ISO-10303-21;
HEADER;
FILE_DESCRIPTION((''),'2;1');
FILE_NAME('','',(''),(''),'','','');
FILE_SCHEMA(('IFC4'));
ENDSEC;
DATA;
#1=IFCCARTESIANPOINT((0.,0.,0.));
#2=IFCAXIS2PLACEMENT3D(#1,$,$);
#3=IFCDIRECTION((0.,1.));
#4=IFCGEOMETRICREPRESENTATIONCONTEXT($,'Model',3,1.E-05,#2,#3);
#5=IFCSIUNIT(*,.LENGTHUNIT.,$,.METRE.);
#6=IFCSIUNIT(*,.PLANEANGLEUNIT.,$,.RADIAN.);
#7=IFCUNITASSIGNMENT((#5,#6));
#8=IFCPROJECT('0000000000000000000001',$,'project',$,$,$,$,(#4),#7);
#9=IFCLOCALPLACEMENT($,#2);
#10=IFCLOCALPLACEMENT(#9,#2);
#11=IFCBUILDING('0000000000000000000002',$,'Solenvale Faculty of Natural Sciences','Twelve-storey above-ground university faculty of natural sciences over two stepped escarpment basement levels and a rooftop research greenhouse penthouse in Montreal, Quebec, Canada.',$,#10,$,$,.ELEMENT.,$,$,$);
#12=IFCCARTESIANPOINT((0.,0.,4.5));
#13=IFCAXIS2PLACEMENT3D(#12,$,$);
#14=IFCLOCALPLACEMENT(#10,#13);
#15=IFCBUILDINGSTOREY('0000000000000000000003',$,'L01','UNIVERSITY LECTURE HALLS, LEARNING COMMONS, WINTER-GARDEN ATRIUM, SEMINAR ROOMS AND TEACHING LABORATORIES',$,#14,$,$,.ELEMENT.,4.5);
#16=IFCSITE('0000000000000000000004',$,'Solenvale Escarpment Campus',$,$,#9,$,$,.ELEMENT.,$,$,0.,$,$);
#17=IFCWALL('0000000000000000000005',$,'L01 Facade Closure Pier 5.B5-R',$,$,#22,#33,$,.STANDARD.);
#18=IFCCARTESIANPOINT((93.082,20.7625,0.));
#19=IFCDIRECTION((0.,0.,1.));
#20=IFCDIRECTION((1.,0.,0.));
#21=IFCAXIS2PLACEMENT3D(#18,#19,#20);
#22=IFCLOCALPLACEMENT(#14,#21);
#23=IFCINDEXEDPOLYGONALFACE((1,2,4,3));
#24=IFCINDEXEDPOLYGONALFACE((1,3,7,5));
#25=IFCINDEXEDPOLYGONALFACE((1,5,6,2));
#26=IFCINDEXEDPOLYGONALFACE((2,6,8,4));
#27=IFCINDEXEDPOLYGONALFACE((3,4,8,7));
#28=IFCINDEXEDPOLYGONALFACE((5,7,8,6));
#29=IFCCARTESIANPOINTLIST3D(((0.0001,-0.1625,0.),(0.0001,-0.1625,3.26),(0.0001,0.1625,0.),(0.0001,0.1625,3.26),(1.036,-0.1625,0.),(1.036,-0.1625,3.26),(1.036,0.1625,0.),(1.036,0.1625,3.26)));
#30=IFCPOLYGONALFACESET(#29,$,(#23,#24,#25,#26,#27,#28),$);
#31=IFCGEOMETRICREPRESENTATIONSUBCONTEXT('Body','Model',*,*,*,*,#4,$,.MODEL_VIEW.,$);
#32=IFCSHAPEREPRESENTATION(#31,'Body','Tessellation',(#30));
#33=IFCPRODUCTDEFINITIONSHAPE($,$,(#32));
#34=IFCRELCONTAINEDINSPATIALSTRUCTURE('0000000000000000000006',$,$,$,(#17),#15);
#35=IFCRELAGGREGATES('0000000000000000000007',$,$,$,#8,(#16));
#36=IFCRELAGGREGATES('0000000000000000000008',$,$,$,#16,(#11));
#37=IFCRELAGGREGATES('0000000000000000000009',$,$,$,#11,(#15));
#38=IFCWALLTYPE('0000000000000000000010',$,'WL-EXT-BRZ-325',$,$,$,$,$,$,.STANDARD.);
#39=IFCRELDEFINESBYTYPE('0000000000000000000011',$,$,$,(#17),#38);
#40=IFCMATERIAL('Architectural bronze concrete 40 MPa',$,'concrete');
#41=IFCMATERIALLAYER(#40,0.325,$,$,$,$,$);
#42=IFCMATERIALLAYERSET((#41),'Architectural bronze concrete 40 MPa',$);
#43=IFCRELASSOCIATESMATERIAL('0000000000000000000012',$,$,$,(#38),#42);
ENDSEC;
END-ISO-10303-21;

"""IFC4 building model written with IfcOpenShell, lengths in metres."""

from ifc_helpers import new_model, si_unit, direction, frame, frame_2d, origin, place, context, subcontext, project, spatial, rectangle, extrude, material, layer, layer_set, type_object, element, save


model = new_model("IFC4")

# Units and contexts
model_context = context("Model", 3, precision=1e-05, world=origin(), true_north=direction((0.0, 1.0)))
body_context = subcontext(model_context, "Body", "Model", "MODEL_VIEW")
ifc_project = project(units=[si_unit("LENGTHUNIT", "METRE"), si_unit("PLANEANGLEUNIT", "RADIAN")], contexts=[model_context])

# Site, building, storey
site_placement = place(None, origin())
site = spatial("IfcSite", under=ifc_project, at=site_placement, Name="Solenvale Escarpment Campus", CompositionType="ELEMENT", RefElevation=0.0)
building_placement = place(site_placement, origin())
building = spatial("IfcBuilding", under=site, at=building_placement, Name="Solenvale Faculty of Natural Sciences", Description="Twelve-storey above-ground university faculty of natural sciences over two stepped escarpment basement levels and a rooftop research greenhouse penthouse in Montreal, Quebec, Canada.", CompositionType="ELEMENT")
storey_placement = place(building_placement, frame((0.0, 0.0, 4.5)))
storey = spatial("IfcBuildingStorey", under=building, at=storey_placement, Name="L01", Description="UNIVERSITY LECTURE HALLS, LEARNING COMMONS, WINTER-GARDEN ATRIUM, SEMINAR ROOMS AND TEACHING LABORATORIES", CompositionType="ELEMENT", Elevation=4.5)

# Shared definitions
ifc_material_1 = material(Name="Architectural bronze concrete 40 MPa", Category="concrete")

# Wall
ifc_layer_1 = layer(ifc_material_1, 0.325)
ifc_layer_set_1 = layer_set([ifc_layer_1], Name="Architectural bronze concrete 40 MPa")
wall_type = type_object("IfcWallType", Name="WL-EXT-BRZ-325", PredefinedType="STANDARD", material=ifc_layer_set_1)
wall_placement = place(storey_placement, frame((93.082, 20.7625, 0.0), z_axis=(0.0, 0.0, 1.0), x_axis=(1.0, 0.0, 0.0)))
element("IfcWall", 1, at=wall_placement, inside=storey, type_object=wall_type, Name="L01 Facade Closure Pier 5.B5-R", PredefinedType="STANDARD", context=body_context, shape_type="SweptSolid", body=[
    extrude(rectangle(XDim=1.0359, YDim=0.325, at=frame_2d((0.5181, 0.0))), origin(), (0.0, 0.0, 1.0), 3.26),
])

save(model, "model.ifc")
